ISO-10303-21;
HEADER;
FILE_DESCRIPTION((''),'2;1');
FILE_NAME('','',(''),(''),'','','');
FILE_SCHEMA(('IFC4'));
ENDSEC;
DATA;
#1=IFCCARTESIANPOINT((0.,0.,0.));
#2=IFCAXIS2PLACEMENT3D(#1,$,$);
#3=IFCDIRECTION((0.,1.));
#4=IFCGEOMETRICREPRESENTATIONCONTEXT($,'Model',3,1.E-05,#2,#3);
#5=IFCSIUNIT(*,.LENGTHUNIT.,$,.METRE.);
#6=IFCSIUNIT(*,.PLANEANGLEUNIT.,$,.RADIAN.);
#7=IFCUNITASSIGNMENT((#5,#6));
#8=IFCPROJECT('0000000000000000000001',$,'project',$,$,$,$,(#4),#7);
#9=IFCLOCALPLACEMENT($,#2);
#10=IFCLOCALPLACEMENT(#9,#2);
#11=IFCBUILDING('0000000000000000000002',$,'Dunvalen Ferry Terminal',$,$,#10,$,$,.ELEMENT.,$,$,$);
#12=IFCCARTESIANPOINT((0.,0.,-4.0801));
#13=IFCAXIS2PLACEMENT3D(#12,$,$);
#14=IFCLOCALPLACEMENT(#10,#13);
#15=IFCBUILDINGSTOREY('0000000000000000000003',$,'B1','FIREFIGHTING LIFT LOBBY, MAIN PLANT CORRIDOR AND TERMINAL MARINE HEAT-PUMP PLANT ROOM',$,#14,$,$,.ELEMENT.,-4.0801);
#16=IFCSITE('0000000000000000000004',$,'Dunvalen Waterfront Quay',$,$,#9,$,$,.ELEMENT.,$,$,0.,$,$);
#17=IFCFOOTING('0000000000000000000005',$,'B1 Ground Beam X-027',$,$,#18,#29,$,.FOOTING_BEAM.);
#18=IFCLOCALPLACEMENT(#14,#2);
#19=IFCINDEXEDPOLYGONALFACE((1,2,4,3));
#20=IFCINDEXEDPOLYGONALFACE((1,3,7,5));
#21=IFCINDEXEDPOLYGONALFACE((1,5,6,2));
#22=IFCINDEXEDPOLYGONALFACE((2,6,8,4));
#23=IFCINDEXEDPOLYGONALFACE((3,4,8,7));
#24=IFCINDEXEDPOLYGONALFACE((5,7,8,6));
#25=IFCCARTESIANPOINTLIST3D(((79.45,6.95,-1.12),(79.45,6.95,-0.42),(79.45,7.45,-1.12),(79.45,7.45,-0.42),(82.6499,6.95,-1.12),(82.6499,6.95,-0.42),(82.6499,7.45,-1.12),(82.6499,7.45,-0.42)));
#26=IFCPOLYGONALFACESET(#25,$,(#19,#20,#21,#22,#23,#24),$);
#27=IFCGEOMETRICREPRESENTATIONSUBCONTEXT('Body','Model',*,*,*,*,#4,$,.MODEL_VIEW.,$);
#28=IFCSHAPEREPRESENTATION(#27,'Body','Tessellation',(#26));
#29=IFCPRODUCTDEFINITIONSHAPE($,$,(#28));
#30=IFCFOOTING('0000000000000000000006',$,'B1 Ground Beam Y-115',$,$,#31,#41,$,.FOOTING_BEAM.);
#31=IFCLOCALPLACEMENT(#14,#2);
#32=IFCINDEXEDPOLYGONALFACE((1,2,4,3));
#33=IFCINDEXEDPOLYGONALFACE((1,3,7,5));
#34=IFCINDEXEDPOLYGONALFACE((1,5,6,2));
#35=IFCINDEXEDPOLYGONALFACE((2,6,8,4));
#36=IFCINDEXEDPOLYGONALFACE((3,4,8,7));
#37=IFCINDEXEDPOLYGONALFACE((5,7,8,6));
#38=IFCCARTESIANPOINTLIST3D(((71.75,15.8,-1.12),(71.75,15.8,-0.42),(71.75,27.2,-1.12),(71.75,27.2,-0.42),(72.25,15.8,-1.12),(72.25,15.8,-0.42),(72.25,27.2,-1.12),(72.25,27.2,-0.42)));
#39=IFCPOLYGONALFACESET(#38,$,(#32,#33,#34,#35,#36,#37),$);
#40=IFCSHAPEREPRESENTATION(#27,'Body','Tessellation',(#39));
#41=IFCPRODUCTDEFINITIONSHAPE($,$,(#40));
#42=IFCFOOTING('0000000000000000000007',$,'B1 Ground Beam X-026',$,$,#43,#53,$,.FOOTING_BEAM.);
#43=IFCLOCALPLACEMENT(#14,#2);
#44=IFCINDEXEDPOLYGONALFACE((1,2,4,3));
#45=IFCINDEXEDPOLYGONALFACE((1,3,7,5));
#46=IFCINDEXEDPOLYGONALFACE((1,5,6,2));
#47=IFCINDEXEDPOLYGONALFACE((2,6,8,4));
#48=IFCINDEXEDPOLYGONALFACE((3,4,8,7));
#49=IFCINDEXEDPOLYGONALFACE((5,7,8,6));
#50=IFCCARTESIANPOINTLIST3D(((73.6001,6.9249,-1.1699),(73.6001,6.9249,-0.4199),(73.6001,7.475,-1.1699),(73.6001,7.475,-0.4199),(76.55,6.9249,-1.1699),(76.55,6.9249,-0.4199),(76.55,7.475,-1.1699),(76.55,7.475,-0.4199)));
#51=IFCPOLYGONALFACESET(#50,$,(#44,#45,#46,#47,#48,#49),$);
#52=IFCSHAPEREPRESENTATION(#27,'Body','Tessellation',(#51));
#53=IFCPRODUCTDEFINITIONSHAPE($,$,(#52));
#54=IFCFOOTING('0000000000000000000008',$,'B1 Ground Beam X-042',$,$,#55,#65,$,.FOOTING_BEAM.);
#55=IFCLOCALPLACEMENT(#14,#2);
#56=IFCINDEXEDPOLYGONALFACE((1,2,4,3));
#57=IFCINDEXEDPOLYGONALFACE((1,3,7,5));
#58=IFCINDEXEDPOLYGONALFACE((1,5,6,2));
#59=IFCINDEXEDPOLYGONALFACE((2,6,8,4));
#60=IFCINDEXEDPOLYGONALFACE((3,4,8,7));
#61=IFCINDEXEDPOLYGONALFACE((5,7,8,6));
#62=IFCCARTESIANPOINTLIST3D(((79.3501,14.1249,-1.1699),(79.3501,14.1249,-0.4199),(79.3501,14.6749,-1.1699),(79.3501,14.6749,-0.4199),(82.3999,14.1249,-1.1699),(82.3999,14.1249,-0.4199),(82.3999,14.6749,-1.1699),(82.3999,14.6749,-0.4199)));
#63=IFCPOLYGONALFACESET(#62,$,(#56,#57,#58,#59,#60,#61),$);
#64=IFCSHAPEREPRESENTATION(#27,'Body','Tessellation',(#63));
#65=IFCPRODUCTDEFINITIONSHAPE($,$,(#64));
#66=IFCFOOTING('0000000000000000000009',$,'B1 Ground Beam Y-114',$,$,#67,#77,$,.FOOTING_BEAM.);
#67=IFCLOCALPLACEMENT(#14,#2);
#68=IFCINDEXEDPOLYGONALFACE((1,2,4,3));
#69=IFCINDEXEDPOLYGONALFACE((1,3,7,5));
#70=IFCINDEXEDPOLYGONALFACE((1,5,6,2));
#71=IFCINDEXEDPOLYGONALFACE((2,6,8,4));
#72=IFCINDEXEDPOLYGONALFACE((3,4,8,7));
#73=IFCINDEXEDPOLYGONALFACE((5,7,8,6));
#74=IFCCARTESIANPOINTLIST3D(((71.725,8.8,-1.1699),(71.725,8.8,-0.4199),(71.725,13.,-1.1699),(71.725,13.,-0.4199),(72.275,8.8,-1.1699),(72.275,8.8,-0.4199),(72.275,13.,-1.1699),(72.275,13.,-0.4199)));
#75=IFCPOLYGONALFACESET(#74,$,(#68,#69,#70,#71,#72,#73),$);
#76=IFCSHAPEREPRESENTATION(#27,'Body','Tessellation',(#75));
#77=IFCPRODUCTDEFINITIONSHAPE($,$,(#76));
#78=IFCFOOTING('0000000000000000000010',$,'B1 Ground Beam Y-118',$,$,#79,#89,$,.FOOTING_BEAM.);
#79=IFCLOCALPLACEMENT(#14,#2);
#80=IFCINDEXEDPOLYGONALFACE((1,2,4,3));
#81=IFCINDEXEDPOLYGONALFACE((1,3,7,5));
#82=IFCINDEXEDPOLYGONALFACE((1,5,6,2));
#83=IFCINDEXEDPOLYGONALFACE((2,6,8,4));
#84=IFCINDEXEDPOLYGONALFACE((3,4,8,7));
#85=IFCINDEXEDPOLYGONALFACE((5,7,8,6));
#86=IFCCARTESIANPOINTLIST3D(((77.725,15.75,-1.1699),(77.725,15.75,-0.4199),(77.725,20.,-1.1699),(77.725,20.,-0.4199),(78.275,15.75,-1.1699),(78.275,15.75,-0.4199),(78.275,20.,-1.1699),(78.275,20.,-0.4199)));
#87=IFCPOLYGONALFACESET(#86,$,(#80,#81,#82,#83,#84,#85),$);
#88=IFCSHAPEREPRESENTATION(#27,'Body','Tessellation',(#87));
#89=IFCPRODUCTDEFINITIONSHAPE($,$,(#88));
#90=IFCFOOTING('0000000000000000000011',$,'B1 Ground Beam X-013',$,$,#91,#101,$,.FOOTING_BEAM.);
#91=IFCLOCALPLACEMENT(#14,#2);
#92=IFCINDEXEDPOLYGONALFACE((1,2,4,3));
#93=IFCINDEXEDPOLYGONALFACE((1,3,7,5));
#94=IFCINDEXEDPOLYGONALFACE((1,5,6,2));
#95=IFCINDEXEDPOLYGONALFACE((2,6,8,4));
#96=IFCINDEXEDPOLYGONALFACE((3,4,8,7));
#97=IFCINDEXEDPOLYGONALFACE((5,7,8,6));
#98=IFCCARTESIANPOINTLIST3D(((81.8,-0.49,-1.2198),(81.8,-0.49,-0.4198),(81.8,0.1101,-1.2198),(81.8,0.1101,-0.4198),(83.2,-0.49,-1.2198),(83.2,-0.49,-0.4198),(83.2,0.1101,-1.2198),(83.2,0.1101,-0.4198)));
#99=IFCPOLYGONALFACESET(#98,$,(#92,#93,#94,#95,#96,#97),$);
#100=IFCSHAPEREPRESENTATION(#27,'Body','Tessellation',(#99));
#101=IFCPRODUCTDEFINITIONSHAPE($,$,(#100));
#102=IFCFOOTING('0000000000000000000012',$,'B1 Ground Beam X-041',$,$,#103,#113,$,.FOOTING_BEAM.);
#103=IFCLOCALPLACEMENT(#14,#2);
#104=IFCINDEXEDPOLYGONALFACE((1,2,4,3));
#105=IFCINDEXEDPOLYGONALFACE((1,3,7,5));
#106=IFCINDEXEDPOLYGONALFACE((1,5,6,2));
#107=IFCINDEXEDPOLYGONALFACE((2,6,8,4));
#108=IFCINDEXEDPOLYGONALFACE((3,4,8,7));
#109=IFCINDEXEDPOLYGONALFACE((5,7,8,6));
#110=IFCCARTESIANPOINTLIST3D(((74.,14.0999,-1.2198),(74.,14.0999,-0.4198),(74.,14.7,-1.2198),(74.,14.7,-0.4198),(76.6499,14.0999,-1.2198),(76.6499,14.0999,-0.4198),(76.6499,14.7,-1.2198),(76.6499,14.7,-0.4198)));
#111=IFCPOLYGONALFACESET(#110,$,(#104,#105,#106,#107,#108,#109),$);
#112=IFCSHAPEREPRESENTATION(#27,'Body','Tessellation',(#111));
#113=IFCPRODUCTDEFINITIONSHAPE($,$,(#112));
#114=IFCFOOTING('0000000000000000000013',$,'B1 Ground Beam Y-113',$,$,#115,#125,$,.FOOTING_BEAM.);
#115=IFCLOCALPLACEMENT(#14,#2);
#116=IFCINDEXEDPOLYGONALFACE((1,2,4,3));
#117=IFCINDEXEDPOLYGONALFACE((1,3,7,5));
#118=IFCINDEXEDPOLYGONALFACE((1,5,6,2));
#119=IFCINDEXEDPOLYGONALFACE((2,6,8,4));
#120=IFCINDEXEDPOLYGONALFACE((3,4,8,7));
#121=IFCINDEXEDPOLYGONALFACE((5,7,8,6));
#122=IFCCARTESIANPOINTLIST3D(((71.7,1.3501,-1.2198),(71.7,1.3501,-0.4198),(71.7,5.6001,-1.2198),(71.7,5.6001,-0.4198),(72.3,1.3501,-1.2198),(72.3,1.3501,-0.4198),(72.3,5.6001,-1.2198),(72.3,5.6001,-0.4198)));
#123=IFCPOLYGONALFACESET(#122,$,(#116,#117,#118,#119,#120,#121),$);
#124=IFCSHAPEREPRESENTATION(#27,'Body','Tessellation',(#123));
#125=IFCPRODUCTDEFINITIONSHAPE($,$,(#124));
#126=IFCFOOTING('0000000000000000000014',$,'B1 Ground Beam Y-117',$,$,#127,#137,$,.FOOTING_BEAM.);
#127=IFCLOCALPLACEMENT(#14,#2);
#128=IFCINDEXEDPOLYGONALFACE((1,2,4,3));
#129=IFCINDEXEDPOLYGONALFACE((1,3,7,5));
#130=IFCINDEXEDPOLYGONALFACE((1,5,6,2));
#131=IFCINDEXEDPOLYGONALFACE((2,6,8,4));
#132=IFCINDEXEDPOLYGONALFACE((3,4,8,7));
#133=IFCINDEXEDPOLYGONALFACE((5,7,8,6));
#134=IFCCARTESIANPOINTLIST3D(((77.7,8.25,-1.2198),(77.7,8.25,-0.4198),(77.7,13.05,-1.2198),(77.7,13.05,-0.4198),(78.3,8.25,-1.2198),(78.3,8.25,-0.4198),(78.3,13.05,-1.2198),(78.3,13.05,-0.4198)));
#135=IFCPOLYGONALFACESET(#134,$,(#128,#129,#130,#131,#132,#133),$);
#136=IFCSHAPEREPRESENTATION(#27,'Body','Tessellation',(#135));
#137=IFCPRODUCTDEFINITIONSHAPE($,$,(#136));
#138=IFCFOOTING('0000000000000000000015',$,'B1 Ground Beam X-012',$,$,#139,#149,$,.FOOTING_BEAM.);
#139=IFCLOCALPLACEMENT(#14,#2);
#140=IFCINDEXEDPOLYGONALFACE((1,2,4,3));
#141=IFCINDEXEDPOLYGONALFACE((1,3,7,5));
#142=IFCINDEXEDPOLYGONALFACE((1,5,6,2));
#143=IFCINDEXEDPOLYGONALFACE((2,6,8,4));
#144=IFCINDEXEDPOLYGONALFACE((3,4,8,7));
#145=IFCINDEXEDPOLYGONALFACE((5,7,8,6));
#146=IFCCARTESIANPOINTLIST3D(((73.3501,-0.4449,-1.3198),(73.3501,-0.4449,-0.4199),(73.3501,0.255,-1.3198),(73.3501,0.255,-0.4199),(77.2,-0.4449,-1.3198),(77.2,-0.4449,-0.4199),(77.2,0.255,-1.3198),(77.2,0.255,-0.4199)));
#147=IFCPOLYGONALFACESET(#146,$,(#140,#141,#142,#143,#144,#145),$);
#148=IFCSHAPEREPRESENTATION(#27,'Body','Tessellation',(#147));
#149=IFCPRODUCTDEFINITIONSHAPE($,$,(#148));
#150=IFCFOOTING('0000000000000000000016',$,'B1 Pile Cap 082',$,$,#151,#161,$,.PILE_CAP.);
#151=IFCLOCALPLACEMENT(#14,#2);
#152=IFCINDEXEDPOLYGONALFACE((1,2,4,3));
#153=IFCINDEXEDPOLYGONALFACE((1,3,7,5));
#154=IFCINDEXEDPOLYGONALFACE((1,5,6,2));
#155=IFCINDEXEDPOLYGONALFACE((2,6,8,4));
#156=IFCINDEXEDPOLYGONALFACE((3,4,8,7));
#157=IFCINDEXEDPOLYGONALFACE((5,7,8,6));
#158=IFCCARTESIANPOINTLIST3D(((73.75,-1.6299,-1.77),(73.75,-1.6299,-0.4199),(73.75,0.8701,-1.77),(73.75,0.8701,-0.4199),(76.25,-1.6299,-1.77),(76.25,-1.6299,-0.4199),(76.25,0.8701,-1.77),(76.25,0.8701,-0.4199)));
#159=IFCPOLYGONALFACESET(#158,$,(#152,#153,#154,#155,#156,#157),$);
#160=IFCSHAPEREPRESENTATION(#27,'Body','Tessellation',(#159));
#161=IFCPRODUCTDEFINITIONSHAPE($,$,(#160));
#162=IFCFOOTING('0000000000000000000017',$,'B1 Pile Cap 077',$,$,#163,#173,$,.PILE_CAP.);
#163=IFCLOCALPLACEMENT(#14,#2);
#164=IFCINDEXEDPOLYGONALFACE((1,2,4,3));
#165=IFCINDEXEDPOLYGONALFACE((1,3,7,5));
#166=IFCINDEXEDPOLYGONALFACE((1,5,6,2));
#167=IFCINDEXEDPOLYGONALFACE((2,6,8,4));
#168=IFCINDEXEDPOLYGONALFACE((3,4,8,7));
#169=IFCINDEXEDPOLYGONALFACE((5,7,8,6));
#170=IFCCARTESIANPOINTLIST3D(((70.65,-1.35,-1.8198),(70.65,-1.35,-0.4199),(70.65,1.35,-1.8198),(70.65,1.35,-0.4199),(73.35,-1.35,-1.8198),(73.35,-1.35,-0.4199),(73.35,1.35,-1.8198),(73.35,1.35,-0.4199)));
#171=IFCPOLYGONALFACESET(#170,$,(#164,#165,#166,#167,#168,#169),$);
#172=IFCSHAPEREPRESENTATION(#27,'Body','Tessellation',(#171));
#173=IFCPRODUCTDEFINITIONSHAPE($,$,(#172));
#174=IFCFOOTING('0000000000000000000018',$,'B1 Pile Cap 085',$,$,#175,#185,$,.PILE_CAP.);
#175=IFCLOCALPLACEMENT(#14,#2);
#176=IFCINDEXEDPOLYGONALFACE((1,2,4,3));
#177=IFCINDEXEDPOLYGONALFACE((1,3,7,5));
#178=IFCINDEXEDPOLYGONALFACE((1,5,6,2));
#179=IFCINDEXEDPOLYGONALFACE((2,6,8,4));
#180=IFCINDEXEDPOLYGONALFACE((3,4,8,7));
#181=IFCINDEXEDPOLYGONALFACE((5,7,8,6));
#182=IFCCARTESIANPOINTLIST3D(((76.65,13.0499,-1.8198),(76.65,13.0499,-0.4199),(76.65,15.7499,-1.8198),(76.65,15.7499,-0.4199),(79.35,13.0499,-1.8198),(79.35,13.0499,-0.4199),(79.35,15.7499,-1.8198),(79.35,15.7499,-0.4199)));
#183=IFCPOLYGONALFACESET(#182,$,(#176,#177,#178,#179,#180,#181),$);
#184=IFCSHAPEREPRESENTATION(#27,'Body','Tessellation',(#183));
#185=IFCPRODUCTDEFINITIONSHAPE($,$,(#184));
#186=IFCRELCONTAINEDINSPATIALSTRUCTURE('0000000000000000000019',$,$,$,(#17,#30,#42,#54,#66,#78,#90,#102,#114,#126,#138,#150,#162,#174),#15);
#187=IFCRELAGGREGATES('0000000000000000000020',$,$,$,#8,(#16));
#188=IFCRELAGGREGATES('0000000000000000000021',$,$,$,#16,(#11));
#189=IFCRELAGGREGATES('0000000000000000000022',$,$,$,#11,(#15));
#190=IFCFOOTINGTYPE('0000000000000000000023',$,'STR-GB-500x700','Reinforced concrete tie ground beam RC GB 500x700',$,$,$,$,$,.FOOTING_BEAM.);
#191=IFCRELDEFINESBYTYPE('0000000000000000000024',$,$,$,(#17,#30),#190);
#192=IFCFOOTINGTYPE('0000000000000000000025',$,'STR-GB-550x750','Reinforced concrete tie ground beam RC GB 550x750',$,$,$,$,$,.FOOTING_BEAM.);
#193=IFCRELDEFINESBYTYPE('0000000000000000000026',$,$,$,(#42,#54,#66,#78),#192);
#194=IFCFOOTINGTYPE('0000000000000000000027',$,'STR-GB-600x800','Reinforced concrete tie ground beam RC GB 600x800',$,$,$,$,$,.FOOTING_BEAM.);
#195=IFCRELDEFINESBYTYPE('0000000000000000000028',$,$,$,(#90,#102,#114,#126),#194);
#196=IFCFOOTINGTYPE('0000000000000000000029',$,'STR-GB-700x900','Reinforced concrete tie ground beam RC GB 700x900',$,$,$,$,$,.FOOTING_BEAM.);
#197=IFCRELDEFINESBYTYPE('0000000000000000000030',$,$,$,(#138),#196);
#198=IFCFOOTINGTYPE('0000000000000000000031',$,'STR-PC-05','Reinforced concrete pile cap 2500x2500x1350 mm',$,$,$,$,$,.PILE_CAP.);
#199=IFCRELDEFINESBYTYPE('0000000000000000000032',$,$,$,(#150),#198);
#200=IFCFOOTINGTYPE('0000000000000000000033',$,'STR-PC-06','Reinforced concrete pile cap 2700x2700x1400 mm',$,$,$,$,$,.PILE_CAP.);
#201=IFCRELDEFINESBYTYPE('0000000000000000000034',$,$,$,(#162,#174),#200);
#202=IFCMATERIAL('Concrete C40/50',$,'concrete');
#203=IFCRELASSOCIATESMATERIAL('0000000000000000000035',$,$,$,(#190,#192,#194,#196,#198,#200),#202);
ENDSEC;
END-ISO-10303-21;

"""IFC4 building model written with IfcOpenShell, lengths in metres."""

from ifc_helpers import new_model, si_unit, direction, frame, origin, origin_2d, place, context, subcontext, project, spatial, rectangle, extrude, material, material_profile, profile_set, type_object, element, save


model = new_model("IFC4")

# Units and contexts
model_context = context("Model", 3, precision=1e-05, world=origin(), true_north=direction((0.0, 1.0)))
body_context = subcontext(model_context, "Body", "Model", "MODEL_VIEW")
ifc_project = project(units=[si_unit("LENGTHUNIT", "METRE"), si_unit("PLANEANGLEUNIT", "RADIAN")], contexts=[model_context])

# Site, building, storey
site_placement = place(None, origin())
site = spatial("IfcSite", under=ifc_project, at=site_placement, Name="Dunvalen Waterfront Quay", CompositionType="ELEMENT", RefElevation=0.0)
building_placement = place(site_placement, origin())
building = spatial("IfcBuilding", under=site, at=building_placement, Name="Dunvalen Ferry Terminal", CompositionType="ELEMENT")
storey_placement = place(building_placement, frame((0.0, 0.0, -4.0801)))
storey = spatial("IfcBuildingStorey", under=building, at=storey_placement, Name="B1", Description="FIREFIGHTING LIFT LOBBY, MAIN PLANT CORRIDOR AND TERMINAL MARINE HEAT-PUMP PLANT ROOM", CompositionType="ELEMENT", Elevation=-4.0801)

# Footings
ifc_material = material(Name="Concrete C40/50", Category="concrete")
ifc_material_profile_1 = material_profile(ifc_material, rectangle(XDim=0.5, YDim=0.7, at=origin_2d()), Name="Concrete C40/50")
ifc_profile_set_1 = profile_set([ifc_material_profile_1], Name="Concrete C40/50")
footing_type_1 = type_object("IfcFootingType", Name="STR-GB-500x700", Description="Reinforced concrete tie ground beam RC GB 500x700", PredefinedType="FOOTING_BEAM", material=ifc_profile_set_1)
footing_1_placement = place(storey_placement, frame((79.45, 7.2, -0.77), z_axis=(1.0, 0.0, 0.0), x_axis=(0.0, 1.0, 0.0)))
element("IfcFooting", 1, at=footing_1_placement, inside=storey, type_object=footing_type_1, Name="B1 Ground Beam X-027", PredefinedType="FOOTING_BEAM", context=body_context, shape_type="SweptSolid", body=[
    extrude(rectangle(XDim=0.5, YDim=0.7, at=origin_2d()), origin(), (0.0, 0.0, 1.0), 3.2),
])
footing_2_placement = place(storey_placement, frame((72.0, 15.8, -0.77), z_axis=(0.0, 1.0, 0.0), x_axis=(-1.0, 0.0, 0.0)))
element("IfcFooting", 2, at=footing_2_placement, inside=storey, type_object=footing_type_1, Name="B1 Ground Beam Y-115", PredefinedType="FOOTING_BEAM", context=body_context, shape_type="SweptSolid", body=[
    extrude(rectangle(XDim=0.5, YDim=0.7, at=origin_2d()), origin(), (0.0, 0.0, 1.0), 11.3999),
])
ifc_material_profile_2 = material_profile(ifc_material, rectangle(XDim=0.55, YDim=0.75, at=origin_2d()), Name="Concrete C40/50")
ifc_profile_set_2 = profile_set([ifc_material_profile_2], Name="Concrete C40/50")
footing_type_2 = type_object("IfcFootingType", Name="STR-GB-550x750", Description="Reinforced concrete tie ground beam RC GB 550x750", PredefinedType="FOOTING_BEAM", material=ifc_profile_set_2)
footing_3_placement = place(storey_placement, frame((73.6001, 7.2, -0.7949), z_axis=(1.0, 0.0, 0.0), x_axis=(0.0, 1.0, 0.0)))
element("IfcFooting", 3, at=footing_3_placement, inside=storey, type_object=footing_type_2, Name="B1 Ground Beam X-026", PredefinedType="FOOTING_BEAM", context=body_context, shape_type="SweptSolid", body=[
    extrude(rectangle(XDim=0.55, YDim=0.75, at=origin_2d()), origin(), (0.0, 0.0, 1.0), 2.95),
])
footing_4_placement = place(storey_placement, frame((79.3501, 14.3999, -0.7949), z_axis=(1.0, 0.0, 0.0), x_axis=(0.0, 1.0, 0.0)))
element("IfcFooting", 4, at=footing_4_placement, inside=storey, type_object=footing_type_2, Name="B1 Ground Beam X-042", PredefinedType="FOOTING_BEAM", context=body_context, shape_type="SweptSolid", body=[
    extrude(rectangle(XDim=0.55, YDim=0.75, at=origin_2d()), origin(), (0.0, 0.0, 1.0), 3.0498),
])
footing_5_placement = place(storey_placement, frame((72.0, 8.8, -0.7949), z_axis=(0.0, 1.0, 0.0), x_axis=(-1.0, 0.0, 0.0)))
element("IfcFooting", 5, at=footing_5_placement, inside=storey, type_object=footing_type_2, Name="B1 Ground Beam Y-114", PredefinedType="FOOTING_BEAM", context=body_context, shape_type="SweptSolid", body=[
    extrude(rectangle(XDim=0.55, YDim=0.75, at=origin_2d()), origin(), (0.0, 0.0, 1.0), 4.2),
])
footing_6_placement = place(storey_placement, frame((78.0, 15.75, -0.7949), z_axis=(0.0, 1.0, 0.0), x_axis=(-1.0, 0.0, 0.0)))
element("IfcFooting", 6, at=footing_6_placement, inside=storey, type_object=footing_type_2, Name="B1 Ground Beam Y-118", PredefinedType="FOOTING_BEAM", context=body_context, shape_type="SweptSolid", body=[
    extrude(rectangle(XDim=0.55, YDim=0.75, at=origin_2d()), origin(), (0.0, 0.0, 1.0), 4.25),
])
ifc_material_profile_3 = material_profile(ifc_material, rectangle(XDim=0.6001, YDim=0.8, at=origin_2d()), Name="Concrete C40/50")
ifc_profile_set_3 = profile_set([ifc_material_profile_3], Name="Concrete C40/50")
footing_type_3 = type_object("IfcFootingType", Name="STR-GB-600x800", Description="Reinforced concrete tie ground beam RC GB 600x800", PredefinedType="FOOTING_BEAM", material=ifc_profile_set_3)
footing_7_placement = place(storey_placement, frame((81.8, -0.1899, -0.8198), z_axis=(1.0, 0.0, 0.0), x_axis=(0.0, 1.0, 0.0)))
element("IfcFooting", 7, at=footing_7_placement, inside=storey, type_object=footing_type_3, Name="B1 Ground Beam X-013", PredefinedType="FOOTING_BEAM", context=body_context, shape_type="SweptSolid", body=[
    extrude(rectangle(XDim=0.6001, YDim=0.8, at=origin_2d()), origin(), (0.0, 0.0, 1.0), 1.3999),
])
footing_8_placement = place(storey_placement, frame((74.0, 14.3999, -0.8198), z_axis=(1.0, 0.0, 0.0), x_axis=(0.0, 1.0, 0.0)))
element("IfcFooting", 8, at=footing_8_placement, inside=storey, type_object=footing_type_3, Name="B1 Ground Beam X-041", PredefinedType="FOOTING_BEAM", context=body_context, shape_type="SweptSolid", body=[
    extrude(rectangle(XDim=0.6001, YDim=0.8, at=origin_2d()), origin(), (0.0, 0.0, 1.0), 2.6499),
])
footing_9_placement = place(storey_placement, frame((72.0, 1.3501, -0.8198), z_axis=(0.0, 1.0, 0.0), x_axis=(-1.0, 0.0, 0.0)))
element("IfcFooting", 9, at=footing_9_placement, inside=storey, type_object=footing_type_3, Name="B1 Ground Beam Y-113", PredefinedType="FOOTING_BEAM", context=body_context, shape_type="SweptSolid", body=[
    extrude(rectangle(XDim=0.6001, YDim=0.8, at=origin_2d()), origin(), (0.0, 0.0, 1.0), 4.25),
])
footing_10_placement = place(storey_placement, frame((78.0, 8.25, -0.8198), z_axis=(0.0, 1.0, 0.0), x_axis=(-1.0, 0.0, 0.0)))
element("IfcFooting", 10, at=footing_10_placement, inside=storey, type_object=footing_type_3, Name="B1 Ground Beam Y-117", PredefinedType="FOOTING_BEAM", context=body_context, shape_type="SweptSolid", body=[
    extrude(rectangle(XDim=0.6001, YDim=0.8, at=origin_2d()), origin(), (0.0, 0.0, 1.0), 4.8),
])
ifc_material_profile_4 = material_profile(ifc_material, rectangle(XDim=0.7, YDim=0.8999, at=origin_2d()), Name="Concrete C40/50")
ifc_profile_set_4 = profile_set([ifc_material_profile_4], Name="Concrete C40/50")
footing_type_4 = type_object("IfcFootingType", Name="STR-GB-700x900", Description="Reinforced concrete tie ground beam RC GB 700x900", PredefinedType="FOOTING_BEAM", material=ifc_profile_set_4)
footing_11_placement = place(storey_placement, frame((73.3501, -0.095, -0.8699), z_axis=(1.0, 0.0, 0.0), x_axis=(0.0, 1.0, 0.0)))
element("IfcFooting", 11, at=footing_11_placement, inside=storey, type_object=footing_type_4, Name="B1 Ground Beam X-012", PredefinedType="FOOTING_BEAM", context=body_context, shape_type="SweptSolid", body=[
    extrude(rectangle(XDim=0.7, YDim=0.8999, at=origin_2d()), origin(), (0.0, 0.0, 1.0), 3.8499),
])
footing_type_5 = type_object("IfcFootingType", Name="STR-PC-05", Description="Reinforced concrete pile cap 2500x2500x1350 mm", PredefinedType="PILE_CAP", material=ifc_material)
footing_12_placement = place(storey_placement, frame((75.0, -0.3799, -1.77), z_axis=(0.0, 0.0, 1.0), x_axis=(1.0, 0.0, 0.0)))
element("IfcFooting", 12, at=footing_12_placement, inside=storey, type_object=footing_type_5, Name="B1 Pile Cap 082", PredefinedType="PILE_CAP", context=body_context, shape_type="SweptSolid", body=[
    extrude(rectangle(XDim=2.5, YDim=2.5, at=origin_2d()), origin(), (0.0, 0.0, 1.0), 1.3501),
])
footing_type_6 = type_object("IfcFootingType", Name="STR-PC-06", Description="Reinforced concrete pile cap 2700x2700x1400 mm", PredefinedType="PILE_CAP", material=ifc_material)
for number, where, z_axis, x_axis, name in (
    (13, (72.0, 0.0, -1.8198), (0.0, 0.0, 1.0), (1.0, 0.0, 0.0), "B1 Pile Cap 077"),
    (14, (78.0, 14.3999, -1.8198), (0.0, 0.0, 1.0), (1.0, 0.0, 0.0), "B1 Pile Cap 085"),
):
    element("IfcFooting", number, at=place(storey_placement, frame(where, z_axis=z_axis, x_axis=x_axis)), inside=storey, type_object=footing_type_6, Name=name, PredefinedType="PILE_CAP", context=body_context, shape_type="SweptSolid", body=[
        extrude(rectangle(XDim=2.7, YDim=2.7, at=origin_2d()), origin(), (0.0, 0.0, 1.0), 1.3999),
    ])

save(model, "model.ifc")
